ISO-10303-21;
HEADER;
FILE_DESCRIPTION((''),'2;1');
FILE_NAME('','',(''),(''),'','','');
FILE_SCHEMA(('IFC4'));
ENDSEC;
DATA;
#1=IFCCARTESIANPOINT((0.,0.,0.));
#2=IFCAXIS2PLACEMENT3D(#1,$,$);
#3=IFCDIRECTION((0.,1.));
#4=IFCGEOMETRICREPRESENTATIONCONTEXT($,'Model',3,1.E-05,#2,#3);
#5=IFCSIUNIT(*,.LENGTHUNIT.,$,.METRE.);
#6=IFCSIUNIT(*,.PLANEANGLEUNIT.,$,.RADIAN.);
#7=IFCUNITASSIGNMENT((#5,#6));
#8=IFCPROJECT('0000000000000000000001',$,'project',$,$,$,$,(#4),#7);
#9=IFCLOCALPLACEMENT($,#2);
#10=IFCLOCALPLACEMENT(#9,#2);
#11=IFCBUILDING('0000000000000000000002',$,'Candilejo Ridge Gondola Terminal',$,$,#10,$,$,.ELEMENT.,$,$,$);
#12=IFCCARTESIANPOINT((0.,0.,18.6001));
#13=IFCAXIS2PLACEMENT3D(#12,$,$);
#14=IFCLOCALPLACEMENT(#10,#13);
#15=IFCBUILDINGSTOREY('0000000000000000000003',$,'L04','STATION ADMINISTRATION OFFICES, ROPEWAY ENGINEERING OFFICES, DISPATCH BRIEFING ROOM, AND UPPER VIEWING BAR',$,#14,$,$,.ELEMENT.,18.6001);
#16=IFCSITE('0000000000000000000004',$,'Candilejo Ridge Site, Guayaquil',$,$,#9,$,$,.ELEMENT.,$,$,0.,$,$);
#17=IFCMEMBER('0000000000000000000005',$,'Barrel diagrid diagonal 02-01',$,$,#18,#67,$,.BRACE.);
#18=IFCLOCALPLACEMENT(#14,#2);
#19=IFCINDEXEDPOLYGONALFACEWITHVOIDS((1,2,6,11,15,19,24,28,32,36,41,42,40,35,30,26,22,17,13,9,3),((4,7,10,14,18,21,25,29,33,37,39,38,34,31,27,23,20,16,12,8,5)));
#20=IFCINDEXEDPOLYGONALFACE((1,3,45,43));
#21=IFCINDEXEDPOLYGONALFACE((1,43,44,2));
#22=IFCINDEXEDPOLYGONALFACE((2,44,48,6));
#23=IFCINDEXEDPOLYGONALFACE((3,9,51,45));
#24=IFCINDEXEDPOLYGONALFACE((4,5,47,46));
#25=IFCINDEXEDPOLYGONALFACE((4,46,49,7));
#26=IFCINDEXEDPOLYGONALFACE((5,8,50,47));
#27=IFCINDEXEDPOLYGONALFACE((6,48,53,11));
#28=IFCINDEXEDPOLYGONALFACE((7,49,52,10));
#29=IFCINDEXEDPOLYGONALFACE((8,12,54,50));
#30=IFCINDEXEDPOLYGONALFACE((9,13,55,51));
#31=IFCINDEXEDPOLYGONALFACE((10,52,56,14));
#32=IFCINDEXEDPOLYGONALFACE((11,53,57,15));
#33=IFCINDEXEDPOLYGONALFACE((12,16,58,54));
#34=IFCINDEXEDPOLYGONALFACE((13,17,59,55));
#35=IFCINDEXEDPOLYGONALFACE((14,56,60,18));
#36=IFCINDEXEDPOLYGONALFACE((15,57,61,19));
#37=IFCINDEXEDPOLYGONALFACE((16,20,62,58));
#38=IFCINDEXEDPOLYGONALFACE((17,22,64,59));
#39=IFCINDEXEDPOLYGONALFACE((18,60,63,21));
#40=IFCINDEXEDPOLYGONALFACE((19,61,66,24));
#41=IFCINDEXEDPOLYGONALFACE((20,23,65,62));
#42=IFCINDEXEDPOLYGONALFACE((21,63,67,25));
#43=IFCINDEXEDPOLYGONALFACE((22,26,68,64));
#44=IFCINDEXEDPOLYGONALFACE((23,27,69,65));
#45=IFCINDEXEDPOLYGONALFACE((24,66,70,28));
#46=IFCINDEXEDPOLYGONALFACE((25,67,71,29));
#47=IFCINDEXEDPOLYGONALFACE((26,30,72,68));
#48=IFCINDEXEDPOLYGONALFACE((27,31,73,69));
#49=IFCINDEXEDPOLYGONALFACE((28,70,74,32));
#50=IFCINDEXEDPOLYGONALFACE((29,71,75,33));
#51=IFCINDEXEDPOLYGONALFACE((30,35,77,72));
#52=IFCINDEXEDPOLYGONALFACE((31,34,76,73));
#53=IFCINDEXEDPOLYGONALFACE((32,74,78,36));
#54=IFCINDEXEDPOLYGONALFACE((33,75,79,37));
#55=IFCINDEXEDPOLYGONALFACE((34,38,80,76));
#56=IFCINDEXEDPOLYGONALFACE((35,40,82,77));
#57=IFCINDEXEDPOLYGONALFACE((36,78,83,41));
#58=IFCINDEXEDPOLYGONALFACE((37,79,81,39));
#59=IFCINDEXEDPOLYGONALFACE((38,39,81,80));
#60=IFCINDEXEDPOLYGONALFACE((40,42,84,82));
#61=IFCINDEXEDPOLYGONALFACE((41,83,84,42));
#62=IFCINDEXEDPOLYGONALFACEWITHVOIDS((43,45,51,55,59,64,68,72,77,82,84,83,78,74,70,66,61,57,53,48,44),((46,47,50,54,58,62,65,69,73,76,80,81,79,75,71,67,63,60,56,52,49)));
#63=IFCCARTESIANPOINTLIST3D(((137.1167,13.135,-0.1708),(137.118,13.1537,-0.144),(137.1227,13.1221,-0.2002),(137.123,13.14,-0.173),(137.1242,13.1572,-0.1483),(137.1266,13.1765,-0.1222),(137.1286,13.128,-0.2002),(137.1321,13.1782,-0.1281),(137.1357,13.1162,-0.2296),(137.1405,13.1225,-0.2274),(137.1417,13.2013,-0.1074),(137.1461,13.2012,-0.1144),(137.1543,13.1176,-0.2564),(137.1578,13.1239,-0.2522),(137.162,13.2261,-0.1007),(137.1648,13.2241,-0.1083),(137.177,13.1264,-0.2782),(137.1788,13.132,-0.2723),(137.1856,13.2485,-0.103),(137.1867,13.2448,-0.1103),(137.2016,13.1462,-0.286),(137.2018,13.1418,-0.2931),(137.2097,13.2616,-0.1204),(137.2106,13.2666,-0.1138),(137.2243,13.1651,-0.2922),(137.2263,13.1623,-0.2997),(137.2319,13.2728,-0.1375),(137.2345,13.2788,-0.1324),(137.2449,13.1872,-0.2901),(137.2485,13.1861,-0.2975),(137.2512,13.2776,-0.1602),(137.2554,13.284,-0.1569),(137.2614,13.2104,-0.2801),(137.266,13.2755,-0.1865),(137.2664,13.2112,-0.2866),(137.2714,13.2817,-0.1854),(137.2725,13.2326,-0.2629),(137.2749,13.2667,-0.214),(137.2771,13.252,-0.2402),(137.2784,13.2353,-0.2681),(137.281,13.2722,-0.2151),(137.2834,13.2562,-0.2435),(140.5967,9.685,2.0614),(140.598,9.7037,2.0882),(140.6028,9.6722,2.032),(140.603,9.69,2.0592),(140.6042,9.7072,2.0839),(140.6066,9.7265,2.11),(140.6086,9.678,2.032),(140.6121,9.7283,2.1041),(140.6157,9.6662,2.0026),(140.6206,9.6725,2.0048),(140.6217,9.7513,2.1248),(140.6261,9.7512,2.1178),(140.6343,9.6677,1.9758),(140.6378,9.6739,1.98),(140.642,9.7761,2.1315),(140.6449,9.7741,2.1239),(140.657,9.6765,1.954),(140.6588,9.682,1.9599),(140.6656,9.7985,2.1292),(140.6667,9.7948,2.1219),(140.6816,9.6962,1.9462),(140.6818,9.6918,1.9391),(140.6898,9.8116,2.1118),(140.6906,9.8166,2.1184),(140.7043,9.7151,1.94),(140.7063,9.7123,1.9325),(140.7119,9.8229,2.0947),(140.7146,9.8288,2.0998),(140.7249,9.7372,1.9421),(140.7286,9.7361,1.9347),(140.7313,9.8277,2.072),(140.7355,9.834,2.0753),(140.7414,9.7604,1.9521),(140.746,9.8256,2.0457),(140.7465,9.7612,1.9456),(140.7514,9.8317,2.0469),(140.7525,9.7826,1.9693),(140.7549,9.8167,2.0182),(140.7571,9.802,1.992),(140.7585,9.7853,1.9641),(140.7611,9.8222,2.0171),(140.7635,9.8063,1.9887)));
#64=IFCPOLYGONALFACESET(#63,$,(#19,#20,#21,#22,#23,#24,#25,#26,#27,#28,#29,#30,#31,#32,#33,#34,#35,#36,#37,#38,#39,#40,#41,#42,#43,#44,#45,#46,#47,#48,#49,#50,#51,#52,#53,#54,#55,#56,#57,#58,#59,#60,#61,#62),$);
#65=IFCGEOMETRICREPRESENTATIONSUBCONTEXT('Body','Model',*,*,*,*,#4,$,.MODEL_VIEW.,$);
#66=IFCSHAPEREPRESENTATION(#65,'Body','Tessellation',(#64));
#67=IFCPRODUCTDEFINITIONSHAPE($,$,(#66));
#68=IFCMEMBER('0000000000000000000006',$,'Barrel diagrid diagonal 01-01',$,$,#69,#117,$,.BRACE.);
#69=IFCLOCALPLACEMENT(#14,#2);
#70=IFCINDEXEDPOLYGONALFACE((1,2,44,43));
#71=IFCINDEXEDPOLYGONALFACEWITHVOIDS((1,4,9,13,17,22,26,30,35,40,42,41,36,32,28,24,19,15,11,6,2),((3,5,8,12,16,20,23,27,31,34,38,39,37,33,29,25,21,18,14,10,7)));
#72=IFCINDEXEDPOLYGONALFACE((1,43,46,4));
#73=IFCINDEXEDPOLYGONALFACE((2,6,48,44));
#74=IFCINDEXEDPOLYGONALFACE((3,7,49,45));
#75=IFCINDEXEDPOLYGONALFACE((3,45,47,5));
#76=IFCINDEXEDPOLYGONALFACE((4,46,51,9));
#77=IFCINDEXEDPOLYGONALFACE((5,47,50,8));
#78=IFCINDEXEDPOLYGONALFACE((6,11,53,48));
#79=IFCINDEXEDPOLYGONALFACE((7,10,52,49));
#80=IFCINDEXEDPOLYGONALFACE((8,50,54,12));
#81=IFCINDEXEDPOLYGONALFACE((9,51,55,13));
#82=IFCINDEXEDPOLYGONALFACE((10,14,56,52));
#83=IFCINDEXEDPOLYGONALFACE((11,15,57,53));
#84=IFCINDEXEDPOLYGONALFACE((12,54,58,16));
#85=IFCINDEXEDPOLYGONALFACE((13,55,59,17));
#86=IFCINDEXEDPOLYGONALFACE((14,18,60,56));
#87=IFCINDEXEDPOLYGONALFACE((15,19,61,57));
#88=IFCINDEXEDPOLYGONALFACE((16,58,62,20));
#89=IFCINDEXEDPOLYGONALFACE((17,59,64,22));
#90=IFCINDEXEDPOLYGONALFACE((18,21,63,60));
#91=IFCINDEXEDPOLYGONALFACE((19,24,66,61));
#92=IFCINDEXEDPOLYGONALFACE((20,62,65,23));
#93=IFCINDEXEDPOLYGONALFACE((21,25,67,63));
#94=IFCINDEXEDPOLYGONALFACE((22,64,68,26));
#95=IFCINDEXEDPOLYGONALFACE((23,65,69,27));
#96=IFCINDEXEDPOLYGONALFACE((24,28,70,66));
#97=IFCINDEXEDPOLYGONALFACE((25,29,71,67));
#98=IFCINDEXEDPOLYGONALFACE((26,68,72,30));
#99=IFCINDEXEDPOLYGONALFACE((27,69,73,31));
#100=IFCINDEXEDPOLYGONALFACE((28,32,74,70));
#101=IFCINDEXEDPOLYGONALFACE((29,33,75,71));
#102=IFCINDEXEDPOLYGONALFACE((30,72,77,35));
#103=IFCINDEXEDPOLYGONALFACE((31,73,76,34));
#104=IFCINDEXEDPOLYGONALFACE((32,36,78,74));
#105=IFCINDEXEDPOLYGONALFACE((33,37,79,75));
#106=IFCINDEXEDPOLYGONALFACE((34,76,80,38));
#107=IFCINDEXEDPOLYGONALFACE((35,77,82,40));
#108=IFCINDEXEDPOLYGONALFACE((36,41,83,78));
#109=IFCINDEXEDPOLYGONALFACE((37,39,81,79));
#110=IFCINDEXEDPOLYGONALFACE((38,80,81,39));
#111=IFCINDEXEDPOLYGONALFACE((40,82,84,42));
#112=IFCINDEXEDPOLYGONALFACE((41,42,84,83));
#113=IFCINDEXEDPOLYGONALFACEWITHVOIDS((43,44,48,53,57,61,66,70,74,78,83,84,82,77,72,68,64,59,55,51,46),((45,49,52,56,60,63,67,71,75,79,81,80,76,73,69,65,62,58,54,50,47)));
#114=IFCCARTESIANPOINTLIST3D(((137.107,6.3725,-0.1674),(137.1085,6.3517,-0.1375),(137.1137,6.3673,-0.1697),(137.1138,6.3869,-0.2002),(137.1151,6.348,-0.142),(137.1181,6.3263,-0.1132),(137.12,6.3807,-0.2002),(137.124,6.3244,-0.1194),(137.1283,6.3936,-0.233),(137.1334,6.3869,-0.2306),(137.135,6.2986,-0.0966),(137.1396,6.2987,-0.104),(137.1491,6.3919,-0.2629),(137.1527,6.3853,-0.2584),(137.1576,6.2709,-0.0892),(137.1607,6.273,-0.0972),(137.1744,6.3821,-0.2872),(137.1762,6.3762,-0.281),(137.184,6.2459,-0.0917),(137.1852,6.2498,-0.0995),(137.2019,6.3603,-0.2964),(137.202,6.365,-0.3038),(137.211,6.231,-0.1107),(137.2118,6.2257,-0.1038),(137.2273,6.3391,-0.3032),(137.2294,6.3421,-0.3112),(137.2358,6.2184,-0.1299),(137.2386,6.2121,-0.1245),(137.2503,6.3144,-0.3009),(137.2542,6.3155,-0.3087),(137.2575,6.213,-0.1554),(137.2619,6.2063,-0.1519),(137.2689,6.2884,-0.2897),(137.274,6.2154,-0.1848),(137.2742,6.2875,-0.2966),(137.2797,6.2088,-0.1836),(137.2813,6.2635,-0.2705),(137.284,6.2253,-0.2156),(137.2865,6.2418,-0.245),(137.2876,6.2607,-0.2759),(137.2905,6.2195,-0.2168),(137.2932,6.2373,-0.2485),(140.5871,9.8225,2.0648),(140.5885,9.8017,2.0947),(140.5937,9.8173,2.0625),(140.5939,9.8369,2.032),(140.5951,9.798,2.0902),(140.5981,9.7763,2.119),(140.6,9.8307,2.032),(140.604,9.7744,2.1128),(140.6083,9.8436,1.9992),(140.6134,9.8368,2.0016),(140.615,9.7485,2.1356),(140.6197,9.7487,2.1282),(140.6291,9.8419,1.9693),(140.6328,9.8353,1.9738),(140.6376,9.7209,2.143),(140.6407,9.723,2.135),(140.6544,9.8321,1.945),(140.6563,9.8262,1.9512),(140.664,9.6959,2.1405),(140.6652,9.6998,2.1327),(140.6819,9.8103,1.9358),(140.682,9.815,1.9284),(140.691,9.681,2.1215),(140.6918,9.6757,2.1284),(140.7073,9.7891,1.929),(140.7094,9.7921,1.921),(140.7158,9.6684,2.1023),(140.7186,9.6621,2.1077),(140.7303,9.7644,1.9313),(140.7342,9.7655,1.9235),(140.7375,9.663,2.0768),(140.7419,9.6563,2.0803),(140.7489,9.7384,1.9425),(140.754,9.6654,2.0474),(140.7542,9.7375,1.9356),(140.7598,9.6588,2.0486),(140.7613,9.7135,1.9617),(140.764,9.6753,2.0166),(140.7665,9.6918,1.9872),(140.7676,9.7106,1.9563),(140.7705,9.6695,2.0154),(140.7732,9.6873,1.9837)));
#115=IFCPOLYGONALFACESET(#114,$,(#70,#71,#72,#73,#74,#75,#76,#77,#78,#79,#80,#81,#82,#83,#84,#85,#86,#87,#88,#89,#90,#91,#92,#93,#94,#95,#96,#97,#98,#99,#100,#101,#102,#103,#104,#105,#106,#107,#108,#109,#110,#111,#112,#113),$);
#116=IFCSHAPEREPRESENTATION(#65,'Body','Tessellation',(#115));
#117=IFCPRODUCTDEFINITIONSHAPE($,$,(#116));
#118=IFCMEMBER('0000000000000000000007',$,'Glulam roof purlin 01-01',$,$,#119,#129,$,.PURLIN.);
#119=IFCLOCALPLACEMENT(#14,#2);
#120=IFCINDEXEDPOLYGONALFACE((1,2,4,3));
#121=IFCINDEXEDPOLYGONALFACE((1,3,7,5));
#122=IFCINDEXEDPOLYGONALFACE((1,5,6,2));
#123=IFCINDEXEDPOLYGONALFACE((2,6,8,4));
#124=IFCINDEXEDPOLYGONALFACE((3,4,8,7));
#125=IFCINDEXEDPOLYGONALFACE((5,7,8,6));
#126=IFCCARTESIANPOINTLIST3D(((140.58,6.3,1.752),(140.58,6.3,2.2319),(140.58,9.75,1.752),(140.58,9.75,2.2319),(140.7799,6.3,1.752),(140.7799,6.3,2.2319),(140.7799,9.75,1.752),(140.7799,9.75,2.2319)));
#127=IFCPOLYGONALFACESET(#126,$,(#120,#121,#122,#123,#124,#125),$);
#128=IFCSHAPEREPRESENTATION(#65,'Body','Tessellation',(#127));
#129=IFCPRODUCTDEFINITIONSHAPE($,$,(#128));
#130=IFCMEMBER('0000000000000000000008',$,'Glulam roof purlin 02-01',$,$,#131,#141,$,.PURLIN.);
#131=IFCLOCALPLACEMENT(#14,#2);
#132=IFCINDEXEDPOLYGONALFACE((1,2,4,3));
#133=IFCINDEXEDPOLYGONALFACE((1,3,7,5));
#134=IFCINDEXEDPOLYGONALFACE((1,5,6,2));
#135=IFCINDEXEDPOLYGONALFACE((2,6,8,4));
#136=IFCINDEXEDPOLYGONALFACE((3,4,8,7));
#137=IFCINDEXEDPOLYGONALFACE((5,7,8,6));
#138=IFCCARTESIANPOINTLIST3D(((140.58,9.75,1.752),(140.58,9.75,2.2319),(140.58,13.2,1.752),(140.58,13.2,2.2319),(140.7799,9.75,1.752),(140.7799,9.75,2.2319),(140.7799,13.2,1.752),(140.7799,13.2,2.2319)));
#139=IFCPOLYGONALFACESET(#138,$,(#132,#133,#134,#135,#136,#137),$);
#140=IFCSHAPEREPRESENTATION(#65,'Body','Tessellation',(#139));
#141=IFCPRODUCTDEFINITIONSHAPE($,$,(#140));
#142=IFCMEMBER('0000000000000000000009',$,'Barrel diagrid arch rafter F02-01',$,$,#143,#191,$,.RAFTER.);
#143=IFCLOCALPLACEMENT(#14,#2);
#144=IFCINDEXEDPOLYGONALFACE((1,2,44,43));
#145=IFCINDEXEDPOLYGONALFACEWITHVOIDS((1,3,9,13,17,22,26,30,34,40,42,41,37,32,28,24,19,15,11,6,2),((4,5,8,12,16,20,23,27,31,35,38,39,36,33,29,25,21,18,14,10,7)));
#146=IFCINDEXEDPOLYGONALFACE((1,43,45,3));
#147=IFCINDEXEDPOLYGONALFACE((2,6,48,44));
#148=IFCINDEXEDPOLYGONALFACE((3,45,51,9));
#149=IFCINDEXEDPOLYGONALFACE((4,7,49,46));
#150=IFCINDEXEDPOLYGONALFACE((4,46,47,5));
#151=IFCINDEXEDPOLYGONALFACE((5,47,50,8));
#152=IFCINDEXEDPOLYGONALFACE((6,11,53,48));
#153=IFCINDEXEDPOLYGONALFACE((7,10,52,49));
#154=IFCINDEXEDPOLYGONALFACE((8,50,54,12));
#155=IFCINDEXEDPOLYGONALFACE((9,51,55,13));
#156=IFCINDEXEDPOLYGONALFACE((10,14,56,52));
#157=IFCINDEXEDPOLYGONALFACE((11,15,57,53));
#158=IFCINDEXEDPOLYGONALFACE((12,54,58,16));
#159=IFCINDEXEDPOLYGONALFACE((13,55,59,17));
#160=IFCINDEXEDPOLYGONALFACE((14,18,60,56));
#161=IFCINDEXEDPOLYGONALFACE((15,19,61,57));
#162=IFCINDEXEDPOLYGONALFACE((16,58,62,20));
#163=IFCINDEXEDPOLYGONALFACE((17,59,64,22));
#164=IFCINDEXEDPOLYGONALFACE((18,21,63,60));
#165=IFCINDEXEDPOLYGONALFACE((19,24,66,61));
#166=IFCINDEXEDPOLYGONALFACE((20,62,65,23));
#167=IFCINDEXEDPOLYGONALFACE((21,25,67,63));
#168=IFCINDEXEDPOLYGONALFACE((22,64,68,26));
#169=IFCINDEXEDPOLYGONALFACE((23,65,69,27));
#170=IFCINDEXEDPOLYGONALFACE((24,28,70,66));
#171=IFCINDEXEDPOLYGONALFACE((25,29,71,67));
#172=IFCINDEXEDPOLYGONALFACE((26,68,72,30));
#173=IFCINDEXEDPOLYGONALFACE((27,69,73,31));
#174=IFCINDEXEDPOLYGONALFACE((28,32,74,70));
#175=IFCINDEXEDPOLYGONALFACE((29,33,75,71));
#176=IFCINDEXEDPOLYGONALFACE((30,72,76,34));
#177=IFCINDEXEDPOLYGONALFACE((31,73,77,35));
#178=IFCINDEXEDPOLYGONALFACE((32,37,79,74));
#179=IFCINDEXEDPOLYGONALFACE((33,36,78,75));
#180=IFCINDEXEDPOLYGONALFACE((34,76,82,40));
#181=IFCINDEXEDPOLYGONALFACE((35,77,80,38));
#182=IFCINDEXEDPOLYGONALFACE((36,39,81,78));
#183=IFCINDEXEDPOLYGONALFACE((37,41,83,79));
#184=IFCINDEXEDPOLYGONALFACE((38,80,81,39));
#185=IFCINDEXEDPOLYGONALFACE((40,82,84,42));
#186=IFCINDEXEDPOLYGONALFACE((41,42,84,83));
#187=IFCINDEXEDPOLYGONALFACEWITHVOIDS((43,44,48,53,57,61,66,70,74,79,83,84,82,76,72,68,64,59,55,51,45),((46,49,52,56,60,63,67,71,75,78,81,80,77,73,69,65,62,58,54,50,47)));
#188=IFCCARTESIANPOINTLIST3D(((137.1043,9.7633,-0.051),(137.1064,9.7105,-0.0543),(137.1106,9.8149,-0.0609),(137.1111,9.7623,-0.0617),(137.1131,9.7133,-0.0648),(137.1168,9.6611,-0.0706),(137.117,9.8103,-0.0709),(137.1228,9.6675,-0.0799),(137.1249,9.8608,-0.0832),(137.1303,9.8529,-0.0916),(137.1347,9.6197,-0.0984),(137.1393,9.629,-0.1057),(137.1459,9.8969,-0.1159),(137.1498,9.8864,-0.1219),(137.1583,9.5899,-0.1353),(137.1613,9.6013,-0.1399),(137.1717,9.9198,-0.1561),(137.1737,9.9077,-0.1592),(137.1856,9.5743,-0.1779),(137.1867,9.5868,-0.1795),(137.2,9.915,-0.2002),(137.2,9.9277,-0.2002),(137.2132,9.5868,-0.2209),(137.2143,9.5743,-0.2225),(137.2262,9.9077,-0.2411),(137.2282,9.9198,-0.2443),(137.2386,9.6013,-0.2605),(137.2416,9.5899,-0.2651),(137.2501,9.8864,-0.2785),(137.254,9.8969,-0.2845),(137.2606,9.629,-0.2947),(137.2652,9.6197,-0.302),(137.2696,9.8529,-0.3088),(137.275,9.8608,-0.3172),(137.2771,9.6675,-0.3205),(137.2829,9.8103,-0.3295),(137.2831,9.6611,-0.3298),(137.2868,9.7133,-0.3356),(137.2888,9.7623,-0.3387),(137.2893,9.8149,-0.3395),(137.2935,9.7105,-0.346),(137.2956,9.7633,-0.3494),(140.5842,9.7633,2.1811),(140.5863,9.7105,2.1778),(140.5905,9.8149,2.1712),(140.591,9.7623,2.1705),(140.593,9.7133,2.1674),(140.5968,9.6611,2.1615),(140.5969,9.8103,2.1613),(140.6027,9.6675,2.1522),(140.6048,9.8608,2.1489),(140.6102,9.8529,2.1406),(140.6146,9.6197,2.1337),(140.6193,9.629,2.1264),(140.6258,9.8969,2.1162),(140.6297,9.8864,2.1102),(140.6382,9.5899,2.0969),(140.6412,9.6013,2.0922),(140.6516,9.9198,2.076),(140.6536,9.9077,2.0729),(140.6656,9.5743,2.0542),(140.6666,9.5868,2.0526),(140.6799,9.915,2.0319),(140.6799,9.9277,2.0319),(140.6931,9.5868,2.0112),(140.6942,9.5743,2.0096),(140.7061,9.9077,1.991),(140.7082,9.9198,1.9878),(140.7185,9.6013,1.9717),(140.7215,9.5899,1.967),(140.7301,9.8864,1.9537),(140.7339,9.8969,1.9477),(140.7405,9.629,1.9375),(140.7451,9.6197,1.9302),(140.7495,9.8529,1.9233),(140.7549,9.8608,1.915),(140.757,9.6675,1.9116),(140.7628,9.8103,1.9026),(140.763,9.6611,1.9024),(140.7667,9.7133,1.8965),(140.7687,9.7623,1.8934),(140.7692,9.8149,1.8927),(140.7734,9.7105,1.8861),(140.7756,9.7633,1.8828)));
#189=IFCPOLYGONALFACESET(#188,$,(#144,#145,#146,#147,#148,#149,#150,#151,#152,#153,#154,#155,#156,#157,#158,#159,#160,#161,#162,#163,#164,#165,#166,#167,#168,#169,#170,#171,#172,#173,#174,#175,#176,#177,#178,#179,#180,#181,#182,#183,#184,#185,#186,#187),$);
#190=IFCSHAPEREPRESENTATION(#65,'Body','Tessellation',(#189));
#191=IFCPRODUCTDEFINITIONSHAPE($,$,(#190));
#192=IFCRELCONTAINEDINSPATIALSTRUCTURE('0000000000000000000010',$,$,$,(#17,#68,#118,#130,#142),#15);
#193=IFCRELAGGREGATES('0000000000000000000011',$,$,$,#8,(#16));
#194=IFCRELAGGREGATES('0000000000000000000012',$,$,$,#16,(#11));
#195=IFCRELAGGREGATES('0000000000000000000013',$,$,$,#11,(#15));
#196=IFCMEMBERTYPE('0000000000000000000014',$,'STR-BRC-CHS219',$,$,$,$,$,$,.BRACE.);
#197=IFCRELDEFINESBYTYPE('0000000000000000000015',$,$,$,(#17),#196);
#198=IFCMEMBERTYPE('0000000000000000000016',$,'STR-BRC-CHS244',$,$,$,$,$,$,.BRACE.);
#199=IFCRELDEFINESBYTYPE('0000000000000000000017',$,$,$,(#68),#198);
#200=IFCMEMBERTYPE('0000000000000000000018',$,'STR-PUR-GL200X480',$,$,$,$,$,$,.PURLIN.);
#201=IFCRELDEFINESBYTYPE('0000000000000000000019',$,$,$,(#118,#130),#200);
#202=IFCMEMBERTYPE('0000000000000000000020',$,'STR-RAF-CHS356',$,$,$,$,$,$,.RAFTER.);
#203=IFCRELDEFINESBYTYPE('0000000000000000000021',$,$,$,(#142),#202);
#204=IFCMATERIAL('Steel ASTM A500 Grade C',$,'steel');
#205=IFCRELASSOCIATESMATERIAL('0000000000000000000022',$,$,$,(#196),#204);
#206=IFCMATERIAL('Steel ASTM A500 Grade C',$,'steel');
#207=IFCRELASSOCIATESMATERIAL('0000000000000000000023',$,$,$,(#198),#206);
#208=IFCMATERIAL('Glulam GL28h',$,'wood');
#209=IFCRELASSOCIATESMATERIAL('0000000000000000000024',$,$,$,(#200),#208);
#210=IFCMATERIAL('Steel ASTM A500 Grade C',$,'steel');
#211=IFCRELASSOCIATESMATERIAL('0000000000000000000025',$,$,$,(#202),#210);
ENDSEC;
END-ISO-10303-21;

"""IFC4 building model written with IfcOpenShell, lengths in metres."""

from ifc_helpers import new_model, si_unit, direction, frame, origin, origin_2d, place, context, subcontext, project, spatial, rectangle, hollow_circle, extrude, material, material_profile, profile_set, type_object, element, save


model = new_model("IFC4")

# Units and contexts
model_context = context("Model", 3, precision=1e-05, world=origin(), true_north=direction((0.0, 1.0)))
body_context = subcontext(model_context, "Body", "Model", "MODEL_VIEW")
ifc_project = project(units=[si_unit("LENGTHUNIT", "METRE"), si_unit("PLANEANGLEUNIT", "RADIAN")], contexts=[model_context])

# Site, building, storey
site_placement = place(None, origin())
site = spatial("IfcSite", under=ifc_project, at=site_placement, Name="Candilejo Ridge Site, Guayaquil", CompositionType="ELEMENT", RefElevation=0.0)
building_placement = place(site_placement, origin())
building = spatial("IfcBuilding", under=site, at=building_placement, Name="Candilejo Ridge Gondola Terminal", CompositionType="ELEMENT")
storey_placement = place(building_placement, frame((0.0, 0.0, 18.6001)))
storey = spatial("IfcBuildingStorey", under=building, at=storey_placement, Name="L04", Description="STATION ADMINISTRATION OFFICES, ROPEWAY ENGINEERING OFFICES, DISPATCH BRIEFING ROOM, AND UPPER VIEWING BAR", CompositionType="ELEMENT", Elevation=18.6001)

# Members
ifc_material_1 = material(Name="Steel ASTM A500 Grade C", Category="steel")
ifc_material_profile_1 = material_profile(ifc_material_1, hollow_circle(Radius=0.1096, WallThickness=0.0083, at=origin_2d()))
ifc_profile_set_1 = profile_set([ifc_material_profile_1], Name="Steel ASTM A500 Grade C")
member_type_1 = type_object("IfcMemberType", Name="STR-BRC-CHS219", PredefinedType="BRACE", material=ifc_profile_set_1)
member_1_placement = place(storey_placement, frame((140.6799, 9.75, 2.032), z_axis=(-0.646271, 0.640695, -0.41454), x_axis=(-0.704036, -0.710164, 0.0)))
element("IfcMember", 1, at=member_1_placement, inside=storey, type_object=member_type_1, Name="Barrel diagrid diagonal 02-01", PredefinedType="BRACE", context=body_context, shape_type="SweptSolid", body=[
    extrude(hollow_circle(Radius=0.1096, WallThickness=0.0083, at=origin_2d()), origin(), (0.0, 0.0, 1.0), 5.3848),
])
ifc_material_2 = material(Name="Steel ASTM A500 Grade C", Category="steel")
ifc_material_profile_2 = material_profile(ifc_material_2, hollow_circle(Radius=0.1223, WallThickness=0.0088, at=origin_2d()))
ifc_profile_set_2 = profile_set([ifc_material_profile_2], Name="Steel ASTM A500 Grade C")
member_type_2 = type_object("IfcMemberType", Name="STR-BRC-CHS244", PredefinedType="BRACE", material=ifc_profile_set_2)
member_2_placement = place(storey_placement, frame((137.2, 6.3, -0.2002), z_axis=(0.646271, 0.640695, 0.41454), x_axis=(-0.704036, 0.710164, 0.0)))
element("IfcMember", 2, at=member_2_placement, inside=storey, type_object=member_type_2, Name="Barrel diagrid diagonal 01-01", PredefinedType="BRACE", context=body_context, shape_type="SweptSolid", body=[
    extrude(hollow_circle(Radius=0.1223, WallThickness=0.0088, at=origin_2d()), origin(), (0.0, 0.0, 1.0), 5.3848),
])
ifc_material_3 = material(Name="Glulam GL28h", Category="wood")
ifc_material_profile_3 = material_profile(ifc_material_3, rectangle(XDim=0.2, YDim=0.48, at=origin_2d()))
ifc_profile_set_3 = profile_set([ifc_material_profile_3], Name="Glulam GL28h")
member_type_3 = type_object("IfcMemberType", Name="STR-PUR-GL200X480", PredefinedType="PURLIN", material=ifc_profile_set_3)
for number, where, z_axis, x_axis, name in (
    (3, (140.6799, 6.3, 1.9919), (0.0, 1.0, 0.0), (-1.0, 0.0, 0.0), "Glulam roof purlin 01-01"),
    (4, (140.6799, 9.75, 1.9919), (0.0, 1.0, 0.0), (-1.0, 0.0, 0.0), "Glulam roof purlin 02-01"),
):
    element("IfcMember", number, at=place(storey_placement, frame(where, z_axis=z_axis, x_axis=x_axis)), inside=storey, type_object=member_type_3, Name=name, PredefinedType="PURLIN", context=body_context, shape_type="SweptSolid", body=[
        extrude(rectangle(XDim=0.2, YDim=0.48, at=origin_2d()), origin(), (0.0, 0.0, 1.0), 3.45),
    ])
ifc_material_4 = material(Name="Steel ASTM A500 Grade C", Category="steel")
ifc_material_profile_4 = material_profile(ifc_material_4, hollow_circle(Radius=0.1777, WallThickness=0.0127, at=origin_2d()))
ifc_profile_set_4 = profile_set([ifc_material_profile_4], Name="Steel ASTM A500 Grade C")
member_type_4 = type_object("IfcMemberType", Name="STR-RAF-CHS356", PredefinedType="RAFTER", material=ifc_profile_set_4)
member_3_placement = place(storey_placement, frame((137.2, 9.75, -0.2002), z_axis=(0.841723, 0.0, 0.53991), x_axis=(0.0, 1.0, 0.0)))
element("IfcMember", 5, at=member_3_placement, inside=storey, type_object=member_type_4, Name="Barrel diagrid arch rafter F02-01", PredefinedType="RAFTER", context=body_context, shape_type="SweptSolid", body=[
    extrude(hollow_circle(Radius=0.1777, WallThickness=0.0127, at=origin_2d()), origin(), (0.0, 0.0, 1.0), 4.1343),
])

save(model, "model.ifc")
